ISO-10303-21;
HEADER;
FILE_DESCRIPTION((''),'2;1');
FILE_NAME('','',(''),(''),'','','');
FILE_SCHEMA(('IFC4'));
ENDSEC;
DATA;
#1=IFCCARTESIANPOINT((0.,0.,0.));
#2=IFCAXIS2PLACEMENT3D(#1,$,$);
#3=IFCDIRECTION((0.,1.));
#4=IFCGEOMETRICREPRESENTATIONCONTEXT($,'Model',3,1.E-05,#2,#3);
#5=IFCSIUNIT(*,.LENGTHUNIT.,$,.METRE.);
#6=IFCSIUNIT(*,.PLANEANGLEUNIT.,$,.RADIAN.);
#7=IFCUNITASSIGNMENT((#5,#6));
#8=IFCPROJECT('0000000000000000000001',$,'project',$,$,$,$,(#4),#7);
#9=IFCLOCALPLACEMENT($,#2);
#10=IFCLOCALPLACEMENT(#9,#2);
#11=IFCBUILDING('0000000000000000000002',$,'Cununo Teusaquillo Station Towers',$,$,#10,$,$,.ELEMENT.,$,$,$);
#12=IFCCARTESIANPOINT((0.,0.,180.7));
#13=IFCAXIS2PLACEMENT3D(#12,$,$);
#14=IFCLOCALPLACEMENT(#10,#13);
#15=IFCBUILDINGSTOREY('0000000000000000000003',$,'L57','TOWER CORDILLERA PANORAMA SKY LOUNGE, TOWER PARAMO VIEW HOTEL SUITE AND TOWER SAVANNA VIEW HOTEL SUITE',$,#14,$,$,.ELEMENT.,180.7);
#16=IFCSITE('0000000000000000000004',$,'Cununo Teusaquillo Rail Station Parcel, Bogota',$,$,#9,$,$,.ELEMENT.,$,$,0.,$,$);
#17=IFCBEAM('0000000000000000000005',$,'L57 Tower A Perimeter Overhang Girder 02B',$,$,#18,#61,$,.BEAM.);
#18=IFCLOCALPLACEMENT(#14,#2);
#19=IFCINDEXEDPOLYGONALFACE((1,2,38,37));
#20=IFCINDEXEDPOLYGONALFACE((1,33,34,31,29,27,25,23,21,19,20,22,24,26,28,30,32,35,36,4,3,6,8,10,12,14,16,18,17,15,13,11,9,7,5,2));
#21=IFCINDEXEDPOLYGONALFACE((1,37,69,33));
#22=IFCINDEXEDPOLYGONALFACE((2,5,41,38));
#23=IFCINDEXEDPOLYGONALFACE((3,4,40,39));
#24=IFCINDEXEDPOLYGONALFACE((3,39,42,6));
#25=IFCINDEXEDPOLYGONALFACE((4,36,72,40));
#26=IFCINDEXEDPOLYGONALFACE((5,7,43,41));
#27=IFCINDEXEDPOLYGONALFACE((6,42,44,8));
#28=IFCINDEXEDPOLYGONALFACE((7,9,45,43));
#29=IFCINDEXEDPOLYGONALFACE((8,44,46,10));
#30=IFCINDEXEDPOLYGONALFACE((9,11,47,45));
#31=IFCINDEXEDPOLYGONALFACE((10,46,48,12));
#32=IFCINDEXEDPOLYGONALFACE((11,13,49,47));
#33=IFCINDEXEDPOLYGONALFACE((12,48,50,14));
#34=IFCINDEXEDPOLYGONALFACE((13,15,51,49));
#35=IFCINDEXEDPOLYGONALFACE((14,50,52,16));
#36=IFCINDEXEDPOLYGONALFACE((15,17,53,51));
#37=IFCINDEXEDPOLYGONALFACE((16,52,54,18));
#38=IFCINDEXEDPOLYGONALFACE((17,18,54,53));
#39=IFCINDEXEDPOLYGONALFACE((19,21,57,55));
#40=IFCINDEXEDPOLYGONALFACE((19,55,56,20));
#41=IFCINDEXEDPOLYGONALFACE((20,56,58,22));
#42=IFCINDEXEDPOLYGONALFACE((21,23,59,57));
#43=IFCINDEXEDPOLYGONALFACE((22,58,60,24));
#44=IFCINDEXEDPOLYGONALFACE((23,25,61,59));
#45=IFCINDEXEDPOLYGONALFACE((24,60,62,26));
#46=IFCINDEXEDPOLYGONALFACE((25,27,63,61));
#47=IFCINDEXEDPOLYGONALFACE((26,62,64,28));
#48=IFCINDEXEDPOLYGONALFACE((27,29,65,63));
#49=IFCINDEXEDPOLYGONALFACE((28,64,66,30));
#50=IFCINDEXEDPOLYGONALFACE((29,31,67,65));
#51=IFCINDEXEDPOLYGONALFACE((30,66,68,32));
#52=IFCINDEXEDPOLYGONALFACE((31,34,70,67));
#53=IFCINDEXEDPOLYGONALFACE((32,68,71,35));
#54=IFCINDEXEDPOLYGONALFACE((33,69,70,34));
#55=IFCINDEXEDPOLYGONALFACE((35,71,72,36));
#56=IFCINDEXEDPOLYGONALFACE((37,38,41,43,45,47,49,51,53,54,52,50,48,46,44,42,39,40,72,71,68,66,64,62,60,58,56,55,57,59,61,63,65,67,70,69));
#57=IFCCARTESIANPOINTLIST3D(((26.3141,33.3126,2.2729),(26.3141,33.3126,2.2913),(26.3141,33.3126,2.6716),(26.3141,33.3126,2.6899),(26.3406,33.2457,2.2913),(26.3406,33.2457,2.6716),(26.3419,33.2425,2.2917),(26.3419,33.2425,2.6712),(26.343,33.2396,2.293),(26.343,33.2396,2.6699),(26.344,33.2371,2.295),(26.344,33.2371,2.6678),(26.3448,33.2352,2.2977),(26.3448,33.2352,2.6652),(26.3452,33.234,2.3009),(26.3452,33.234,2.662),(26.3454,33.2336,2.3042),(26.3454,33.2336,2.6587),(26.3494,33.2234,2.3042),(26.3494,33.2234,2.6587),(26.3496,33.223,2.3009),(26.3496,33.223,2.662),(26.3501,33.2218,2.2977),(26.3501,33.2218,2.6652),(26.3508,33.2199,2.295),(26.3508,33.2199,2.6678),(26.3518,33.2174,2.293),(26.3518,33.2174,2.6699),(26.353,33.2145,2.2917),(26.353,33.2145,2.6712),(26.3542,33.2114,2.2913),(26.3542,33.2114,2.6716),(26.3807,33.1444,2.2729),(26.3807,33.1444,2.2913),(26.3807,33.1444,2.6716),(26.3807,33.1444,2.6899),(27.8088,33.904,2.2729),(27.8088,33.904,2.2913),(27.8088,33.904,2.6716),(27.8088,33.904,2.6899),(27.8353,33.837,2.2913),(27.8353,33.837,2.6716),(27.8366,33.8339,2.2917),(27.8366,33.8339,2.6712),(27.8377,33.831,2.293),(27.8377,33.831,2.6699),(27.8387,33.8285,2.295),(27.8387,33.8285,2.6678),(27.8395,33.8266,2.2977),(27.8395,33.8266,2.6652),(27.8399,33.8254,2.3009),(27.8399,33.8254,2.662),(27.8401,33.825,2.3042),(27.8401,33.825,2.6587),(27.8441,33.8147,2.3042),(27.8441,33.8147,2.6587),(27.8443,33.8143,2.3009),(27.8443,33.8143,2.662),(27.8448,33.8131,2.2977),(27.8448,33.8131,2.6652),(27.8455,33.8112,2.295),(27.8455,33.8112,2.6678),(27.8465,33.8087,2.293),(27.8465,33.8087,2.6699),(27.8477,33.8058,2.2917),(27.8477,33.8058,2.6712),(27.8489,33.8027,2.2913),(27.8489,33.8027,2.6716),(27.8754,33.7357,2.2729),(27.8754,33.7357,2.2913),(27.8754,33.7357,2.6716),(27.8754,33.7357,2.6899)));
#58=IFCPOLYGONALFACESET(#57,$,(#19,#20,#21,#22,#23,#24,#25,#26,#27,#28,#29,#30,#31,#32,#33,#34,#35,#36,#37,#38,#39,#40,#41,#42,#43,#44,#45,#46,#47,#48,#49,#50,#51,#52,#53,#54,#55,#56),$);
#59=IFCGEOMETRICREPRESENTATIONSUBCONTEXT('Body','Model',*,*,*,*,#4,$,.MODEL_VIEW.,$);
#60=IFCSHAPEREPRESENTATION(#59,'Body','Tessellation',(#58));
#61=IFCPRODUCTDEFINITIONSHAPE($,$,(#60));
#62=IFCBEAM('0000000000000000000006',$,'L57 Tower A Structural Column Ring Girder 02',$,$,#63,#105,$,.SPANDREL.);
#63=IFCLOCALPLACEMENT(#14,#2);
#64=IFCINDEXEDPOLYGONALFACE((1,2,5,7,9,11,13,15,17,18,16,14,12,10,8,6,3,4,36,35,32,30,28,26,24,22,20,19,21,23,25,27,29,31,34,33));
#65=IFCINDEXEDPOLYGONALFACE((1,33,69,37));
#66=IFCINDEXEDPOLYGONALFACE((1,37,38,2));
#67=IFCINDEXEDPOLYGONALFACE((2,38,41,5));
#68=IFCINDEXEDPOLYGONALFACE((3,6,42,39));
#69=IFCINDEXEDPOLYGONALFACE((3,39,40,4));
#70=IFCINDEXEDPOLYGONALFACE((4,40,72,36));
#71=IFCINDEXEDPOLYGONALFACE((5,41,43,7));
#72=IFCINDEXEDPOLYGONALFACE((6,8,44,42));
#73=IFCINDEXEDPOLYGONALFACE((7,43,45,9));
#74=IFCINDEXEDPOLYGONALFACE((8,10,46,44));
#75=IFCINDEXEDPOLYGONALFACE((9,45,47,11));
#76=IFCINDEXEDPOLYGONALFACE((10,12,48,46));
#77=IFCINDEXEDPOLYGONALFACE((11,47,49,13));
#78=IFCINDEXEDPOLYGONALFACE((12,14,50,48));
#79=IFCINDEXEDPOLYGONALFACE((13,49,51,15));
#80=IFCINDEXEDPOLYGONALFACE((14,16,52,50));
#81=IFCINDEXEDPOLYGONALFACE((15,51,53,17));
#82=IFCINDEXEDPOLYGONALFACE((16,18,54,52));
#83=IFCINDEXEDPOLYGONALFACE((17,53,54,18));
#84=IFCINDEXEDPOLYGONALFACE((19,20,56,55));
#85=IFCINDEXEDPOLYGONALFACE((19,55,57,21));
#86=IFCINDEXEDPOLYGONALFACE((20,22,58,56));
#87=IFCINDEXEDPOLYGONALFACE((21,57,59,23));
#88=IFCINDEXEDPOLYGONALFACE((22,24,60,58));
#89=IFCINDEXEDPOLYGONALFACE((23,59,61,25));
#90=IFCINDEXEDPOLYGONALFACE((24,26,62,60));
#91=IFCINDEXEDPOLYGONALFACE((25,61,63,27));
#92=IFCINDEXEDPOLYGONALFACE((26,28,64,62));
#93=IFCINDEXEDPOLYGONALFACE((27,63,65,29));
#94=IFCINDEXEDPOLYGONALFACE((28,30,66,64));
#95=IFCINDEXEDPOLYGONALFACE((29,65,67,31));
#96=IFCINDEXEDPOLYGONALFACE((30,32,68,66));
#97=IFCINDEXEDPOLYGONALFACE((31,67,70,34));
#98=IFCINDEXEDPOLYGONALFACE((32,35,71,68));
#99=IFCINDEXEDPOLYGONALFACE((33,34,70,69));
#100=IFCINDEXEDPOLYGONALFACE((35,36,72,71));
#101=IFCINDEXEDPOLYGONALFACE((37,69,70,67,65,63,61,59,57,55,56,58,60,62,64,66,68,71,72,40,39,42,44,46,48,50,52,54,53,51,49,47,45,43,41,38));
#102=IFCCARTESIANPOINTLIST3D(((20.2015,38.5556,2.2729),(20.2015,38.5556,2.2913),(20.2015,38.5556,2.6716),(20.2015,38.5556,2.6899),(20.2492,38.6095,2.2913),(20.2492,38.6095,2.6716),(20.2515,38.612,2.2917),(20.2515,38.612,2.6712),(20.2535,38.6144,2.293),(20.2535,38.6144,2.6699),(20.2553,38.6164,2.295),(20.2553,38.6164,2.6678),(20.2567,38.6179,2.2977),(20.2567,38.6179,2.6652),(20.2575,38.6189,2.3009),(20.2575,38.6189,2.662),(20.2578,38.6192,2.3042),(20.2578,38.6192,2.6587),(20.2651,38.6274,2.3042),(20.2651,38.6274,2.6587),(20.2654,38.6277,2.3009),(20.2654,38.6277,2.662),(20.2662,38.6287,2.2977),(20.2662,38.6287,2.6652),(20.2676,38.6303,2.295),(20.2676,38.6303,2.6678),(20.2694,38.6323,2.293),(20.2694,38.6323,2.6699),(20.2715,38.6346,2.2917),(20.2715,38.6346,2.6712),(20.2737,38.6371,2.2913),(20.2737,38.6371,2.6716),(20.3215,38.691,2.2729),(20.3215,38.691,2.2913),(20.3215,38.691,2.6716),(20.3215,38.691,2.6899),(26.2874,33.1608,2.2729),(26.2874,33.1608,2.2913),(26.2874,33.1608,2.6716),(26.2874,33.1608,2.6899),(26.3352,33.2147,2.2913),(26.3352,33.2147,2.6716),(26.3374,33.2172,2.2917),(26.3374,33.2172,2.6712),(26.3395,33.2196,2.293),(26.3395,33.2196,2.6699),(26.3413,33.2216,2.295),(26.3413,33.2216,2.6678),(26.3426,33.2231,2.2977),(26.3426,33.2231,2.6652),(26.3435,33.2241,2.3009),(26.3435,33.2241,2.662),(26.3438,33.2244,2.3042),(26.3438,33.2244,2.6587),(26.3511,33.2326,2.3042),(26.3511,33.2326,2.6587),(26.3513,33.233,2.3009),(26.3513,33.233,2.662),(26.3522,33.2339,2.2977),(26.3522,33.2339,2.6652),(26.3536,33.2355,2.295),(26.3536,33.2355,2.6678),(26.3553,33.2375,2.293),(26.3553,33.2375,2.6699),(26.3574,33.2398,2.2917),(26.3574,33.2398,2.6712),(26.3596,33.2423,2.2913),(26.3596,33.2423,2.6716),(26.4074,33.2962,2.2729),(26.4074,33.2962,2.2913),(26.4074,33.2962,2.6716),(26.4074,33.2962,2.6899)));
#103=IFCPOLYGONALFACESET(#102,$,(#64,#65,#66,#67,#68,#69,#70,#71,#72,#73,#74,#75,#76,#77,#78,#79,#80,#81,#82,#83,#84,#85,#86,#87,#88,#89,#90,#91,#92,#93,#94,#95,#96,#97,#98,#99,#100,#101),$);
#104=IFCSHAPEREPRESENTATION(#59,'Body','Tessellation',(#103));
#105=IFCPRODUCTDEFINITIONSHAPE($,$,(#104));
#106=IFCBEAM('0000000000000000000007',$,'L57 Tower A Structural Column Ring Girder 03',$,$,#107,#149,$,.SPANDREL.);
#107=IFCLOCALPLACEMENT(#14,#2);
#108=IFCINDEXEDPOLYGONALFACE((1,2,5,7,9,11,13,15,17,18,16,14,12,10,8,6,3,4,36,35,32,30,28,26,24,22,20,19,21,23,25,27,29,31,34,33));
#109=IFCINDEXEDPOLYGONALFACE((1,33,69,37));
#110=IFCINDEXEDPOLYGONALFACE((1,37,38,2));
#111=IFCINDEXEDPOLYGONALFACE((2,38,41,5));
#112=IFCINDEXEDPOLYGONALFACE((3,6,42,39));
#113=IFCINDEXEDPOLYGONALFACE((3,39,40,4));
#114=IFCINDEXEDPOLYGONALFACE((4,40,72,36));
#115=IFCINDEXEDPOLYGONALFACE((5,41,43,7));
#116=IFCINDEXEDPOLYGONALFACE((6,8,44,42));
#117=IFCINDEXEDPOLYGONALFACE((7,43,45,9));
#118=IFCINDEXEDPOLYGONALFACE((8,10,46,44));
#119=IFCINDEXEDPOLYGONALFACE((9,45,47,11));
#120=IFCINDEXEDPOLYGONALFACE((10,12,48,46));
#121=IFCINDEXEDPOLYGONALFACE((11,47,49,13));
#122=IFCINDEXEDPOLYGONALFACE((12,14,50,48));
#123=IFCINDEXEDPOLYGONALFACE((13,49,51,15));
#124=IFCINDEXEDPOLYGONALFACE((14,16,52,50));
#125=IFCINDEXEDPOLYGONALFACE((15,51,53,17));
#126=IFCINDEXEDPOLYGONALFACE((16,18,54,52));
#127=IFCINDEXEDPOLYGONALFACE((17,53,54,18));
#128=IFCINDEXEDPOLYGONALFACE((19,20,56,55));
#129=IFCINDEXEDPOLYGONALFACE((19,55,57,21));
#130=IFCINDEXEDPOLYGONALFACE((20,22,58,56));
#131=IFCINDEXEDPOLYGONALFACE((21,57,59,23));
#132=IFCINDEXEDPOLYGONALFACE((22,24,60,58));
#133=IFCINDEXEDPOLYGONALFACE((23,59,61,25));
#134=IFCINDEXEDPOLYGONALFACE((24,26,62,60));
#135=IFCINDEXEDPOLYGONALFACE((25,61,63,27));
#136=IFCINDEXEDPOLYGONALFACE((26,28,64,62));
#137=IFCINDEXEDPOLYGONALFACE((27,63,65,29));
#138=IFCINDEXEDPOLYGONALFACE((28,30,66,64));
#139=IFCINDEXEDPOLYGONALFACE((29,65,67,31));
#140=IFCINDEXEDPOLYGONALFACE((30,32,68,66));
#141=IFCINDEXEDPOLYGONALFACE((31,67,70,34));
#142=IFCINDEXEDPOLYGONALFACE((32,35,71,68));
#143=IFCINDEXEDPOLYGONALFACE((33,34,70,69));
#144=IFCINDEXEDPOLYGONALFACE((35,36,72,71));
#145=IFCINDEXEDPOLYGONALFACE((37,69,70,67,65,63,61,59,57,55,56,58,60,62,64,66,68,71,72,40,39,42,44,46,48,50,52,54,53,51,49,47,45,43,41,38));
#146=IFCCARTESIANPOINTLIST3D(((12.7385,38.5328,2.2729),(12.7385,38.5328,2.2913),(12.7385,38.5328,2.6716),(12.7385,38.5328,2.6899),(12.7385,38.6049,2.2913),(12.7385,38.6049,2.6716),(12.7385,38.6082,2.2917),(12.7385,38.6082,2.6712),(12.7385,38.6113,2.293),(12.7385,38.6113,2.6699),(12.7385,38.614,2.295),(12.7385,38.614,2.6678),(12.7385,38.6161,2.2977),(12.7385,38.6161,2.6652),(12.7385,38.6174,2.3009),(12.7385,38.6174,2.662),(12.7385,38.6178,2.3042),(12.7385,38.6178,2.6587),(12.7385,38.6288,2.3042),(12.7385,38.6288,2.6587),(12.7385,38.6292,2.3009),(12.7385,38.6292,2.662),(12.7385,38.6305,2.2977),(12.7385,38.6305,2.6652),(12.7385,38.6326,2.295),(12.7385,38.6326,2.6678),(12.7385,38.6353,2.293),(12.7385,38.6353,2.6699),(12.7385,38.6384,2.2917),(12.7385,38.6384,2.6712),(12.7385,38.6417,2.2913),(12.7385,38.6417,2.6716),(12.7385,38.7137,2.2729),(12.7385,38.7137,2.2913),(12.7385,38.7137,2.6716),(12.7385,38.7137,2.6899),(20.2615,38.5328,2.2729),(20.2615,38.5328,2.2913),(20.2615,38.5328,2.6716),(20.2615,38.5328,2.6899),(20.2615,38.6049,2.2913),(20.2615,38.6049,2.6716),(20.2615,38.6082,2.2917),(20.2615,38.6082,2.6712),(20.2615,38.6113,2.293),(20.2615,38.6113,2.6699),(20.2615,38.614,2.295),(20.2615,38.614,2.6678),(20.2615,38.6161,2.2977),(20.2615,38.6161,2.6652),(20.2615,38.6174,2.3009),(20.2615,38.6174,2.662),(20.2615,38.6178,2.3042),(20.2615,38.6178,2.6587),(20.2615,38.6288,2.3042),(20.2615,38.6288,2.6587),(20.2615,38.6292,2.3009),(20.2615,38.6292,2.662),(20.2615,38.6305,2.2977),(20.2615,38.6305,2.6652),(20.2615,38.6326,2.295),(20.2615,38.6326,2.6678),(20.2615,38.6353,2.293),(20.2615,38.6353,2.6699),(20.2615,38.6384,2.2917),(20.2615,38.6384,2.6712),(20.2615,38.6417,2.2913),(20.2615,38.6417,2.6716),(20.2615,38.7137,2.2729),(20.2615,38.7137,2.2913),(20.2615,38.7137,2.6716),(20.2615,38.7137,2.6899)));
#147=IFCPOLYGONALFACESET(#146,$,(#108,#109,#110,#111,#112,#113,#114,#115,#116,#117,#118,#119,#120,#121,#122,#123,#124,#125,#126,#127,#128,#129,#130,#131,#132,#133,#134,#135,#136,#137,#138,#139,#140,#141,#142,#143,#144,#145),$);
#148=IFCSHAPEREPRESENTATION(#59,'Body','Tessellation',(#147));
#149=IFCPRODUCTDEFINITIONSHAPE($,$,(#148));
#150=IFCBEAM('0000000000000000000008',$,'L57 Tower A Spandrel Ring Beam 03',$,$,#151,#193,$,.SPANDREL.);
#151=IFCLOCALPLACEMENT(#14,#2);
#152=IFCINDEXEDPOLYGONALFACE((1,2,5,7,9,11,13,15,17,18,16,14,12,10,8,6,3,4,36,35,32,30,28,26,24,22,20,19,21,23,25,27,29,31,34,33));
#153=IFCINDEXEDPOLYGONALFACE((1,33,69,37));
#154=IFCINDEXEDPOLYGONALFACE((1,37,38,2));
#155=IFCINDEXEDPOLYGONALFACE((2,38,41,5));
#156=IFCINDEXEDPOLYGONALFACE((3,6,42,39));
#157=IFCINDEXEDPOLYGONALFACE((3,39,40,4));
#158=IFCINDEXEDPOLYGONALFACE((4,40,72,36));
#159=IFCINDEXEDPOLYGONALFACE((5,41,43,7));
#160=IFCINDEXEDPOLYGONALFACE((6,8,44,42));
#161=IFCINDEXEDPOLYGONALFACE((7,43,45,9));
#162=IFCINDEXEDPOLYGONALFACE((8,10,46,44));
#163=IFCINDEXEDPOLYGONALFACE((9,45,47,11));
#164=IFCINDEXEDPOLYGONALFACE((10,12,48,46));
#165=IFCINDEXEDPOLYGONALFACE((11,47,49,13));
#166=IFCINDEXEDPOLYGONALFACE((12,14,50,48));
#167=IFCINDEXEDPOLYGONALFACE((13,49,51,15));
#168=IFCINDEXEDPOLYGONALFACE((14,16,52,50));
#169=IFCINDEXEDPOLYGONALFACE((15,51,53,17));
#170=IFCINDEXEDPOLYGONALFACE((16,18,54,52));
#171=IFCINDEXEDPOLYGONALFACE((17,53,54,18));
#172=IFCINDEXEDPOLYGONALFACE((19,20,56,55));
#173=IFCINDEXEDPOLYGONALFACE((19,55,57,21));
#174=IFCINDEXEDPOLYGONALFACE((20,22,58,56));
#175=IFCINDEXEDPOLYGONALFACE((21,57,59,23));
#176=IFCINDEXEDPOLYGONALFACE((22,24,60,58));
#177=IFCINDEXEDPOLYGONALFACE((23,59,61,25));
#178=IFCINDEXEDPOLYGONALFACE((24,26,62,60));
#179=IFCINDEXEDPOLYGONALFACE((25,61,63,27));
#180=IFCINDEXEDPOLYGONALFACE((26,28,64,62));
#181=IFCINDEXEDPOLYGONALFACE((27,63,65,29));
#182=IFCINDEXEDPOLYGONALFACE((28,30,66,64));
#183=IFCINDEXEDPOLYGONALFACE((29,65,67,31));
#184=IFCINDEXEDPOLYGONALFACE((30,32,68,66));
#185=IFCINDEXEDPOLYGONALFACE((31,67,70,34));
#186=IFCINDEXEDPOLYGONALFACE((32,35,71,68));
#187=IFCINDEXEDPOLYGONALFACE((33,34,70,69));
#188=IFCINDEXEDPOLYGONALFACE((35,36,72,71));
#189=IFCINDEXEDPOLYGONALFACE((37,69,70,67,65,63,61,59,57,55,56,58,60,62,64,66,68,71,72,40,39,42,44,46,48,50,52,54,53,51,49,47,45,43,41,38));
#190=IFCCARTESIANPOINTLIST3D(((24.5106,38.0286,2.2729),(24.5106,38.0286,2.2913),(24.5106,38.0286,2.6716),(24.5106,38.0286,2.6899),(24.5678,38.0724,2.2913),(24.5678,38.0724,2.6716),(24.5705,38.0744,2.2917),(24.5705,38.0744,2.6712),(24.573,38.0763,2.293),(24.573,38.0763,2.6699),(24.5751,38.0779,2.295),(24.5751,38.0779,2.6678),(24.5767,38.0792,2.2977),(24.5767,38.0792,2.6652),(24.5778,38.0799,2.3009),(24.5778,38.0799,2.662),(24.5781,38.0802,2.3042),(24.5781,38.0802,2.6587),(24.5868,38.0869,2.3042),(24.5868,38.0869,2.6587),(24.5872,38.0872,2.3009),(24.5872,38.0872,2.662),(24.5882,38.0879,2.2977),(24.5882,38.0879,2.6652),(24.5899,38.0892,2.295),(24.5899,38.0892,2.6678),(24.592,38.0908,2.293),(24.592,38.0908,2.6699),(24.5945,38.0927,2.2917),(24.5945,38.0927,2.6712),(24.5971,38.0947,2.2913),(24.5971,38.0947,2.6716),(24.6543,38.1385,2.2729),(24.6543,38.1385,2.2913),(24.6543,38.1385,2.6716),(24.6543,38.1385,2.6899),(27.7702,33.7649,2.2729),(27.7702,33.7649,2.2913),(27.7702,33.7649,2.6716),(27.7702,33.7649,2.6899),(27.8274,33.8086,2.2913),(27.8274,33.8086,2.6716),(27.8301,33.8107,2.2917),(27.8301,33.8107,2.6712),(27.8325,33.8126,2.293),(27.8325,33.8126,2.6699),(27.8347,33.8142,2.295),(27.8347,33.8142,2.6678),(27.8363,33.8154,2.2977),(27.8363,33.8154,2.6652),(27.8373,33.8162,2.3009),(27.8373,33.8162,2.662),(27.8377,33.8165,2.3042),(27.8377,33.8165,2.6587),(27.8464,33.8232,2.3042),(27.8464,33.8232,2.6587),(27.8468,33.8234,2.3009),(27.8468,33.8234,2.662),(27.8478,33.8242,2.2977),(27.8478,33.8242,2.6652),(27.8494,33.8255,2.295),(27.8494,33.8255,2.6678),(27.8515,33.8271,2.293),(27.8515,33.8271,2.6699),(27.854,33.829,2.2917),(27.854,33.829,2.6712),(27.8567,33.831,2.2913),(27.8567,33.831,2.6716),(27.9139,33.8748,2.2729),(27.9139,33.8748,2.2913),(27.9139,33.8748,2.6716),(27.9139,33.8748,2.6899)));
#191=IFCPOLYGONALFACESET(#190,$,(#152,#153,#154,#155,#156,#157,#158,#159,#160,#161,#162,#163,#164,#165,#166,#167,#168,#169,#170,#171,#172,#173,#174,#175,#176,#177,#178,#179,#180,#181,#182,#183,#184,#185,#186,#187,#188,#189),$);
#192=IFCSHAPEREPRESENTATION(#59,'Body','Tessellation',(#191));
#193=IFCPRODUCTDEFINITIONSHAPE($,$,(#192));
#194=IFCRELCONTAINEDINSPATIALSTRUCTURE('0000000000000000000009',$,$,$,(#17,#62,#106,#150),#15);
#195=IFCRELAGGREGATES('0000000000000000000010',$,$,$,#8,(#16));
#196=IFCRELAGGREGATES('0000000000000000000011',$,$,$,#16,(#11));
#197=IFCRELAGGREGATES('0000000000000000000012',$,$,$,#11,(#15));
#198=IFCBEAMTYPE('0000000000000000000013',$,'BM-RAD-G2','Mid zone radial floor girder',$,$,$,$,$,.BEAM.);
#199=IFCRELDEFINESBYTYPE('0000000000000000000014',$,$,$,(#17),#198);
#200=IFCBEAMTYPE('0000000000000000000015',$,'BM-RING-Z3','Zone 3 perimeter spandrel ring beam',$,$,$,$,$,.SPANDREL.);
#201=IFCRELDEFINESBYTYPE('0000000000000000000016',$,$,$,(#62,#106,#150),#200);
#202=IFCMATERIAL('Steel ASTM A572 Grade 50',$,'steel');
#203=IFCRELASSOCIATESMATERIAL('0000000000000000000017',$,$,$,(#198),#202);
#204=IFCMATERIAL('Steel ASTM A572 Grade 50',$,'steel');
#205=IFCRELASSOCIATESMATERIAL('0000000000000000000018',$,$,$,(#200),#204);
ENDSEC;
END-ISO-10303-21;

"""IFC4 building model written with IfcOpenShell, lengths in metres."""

from ifc_helpers import new_model, si_unit, direction, frame, origin, origin_2d, place, context, subcontext, project, spatial, i_section, extrude, material, material_profile, profile_set, type_object, element, save


model = new_model("IFC4")

# Units and contexts
model_context = context("Model", 3, precision=1e-05, world=origin(), true_north=direction((0.0, 1.0)))
body_context = subcontext(model_context, "Body", "Model", "MODEL_VIEW")
ifc_project = project(units=[si_unit("LENGTHUNIT", "METRE"), si_unit("PLANEANGLEUNIT", "RADIAN")], contexts=[model_context])

# Site, building, storey
site_placement = place(None, origin())
site = spatial("IfcSite", under=ifc_project, at=site_placement, Name="Cununo Teusaquillo Rail Station Parcel, Bogota", CompositionType="ELEMENT", RefElevation=0.0)
building_placement = place(site_placement, origin())
building = spatial("IfcBuilding", under=site, at=building_placement, Name="Cununo Teusaquillo Station Towers", CompositionType="ELEMENT")
storey_placement = place(building_placement, frame((0.0, 0.0, 180.7)))
storey = spatial("IfcBuildingStorey", under=building, at=storey_placement, Name="L57", Description="TOWER CORDILLERA PANORAMA SKY LOUNGE, TOWER PARAMO VIEW HOTEL SUITE AND TOWER SAVANNA VIEW HOTEL SUITE", CompositionType="ELEMENT", Elevation=180.7)

# Beams
ifc_material_1 = material(Name="Steel ASTM A572 Grade 50", Category="steel")
ifc_material_profile_1 = material_profile(ifc_material_1, i_section(OverallWidth=0.1809, OverallDepth=0.417, WebThickness=0.011, FlangeThickness=0.0183, FilletRadius=0.0129, at=origin_2d()), Name="W16X57")
ifc_profile_set_1 = profile_set([ifc_material_profile_1], Name="Steel ASTM A572 Grade 50")
beam_type_1 = type_object("IfcBeamType", Name="BM-RAD-G2", Description="Mid zone radial floor girder", PredefinedType="BEAM", material=ifc_profile_set_1)
beam_1_placement = place(storey_placement, frame((26.3474, 33.2285, 2.4814), z_axis=(0.929874, 0.367879, 0.0), x_axis=(-0.367879, 0.929874, 0.0)))
element("IfcBeam", 1, at=beam_1_placement, inside=storey, type_object=beam_type_1, Name="L57 Tower A Perimeter Overhang Girder 02B", PredefinedType="BEAM", context=body_context, shape_type="SweptSolid", body=[
    extrude(i_section(OverallWidth=0.1809, OverallDepth=0.417, WebThickness=0.011, FlangeThickness=0.0183, FilletRadius=0.0129, at=origin_2d()), origin(), (0.0, 0.0, 1.0), 1.6074),
])
ifc_material_2 = material(Name="Steel ASTM A572 Grade 50", Category="steel")
ifc_material_profile_2 = material_profile(ifc_material_2, i_section(OverallWidth=0.1809, OverallDepth=0.417, WebThickness=0.011, FlangeThickness=0.0183, FilletRadius=0.0129, at=origin_2d()), Name="W16X57")
ifc_profile_set_2 = profile_set([ifc_material_profile_2], Name="Steel ASTM A572 Grade 50")
beam_type_2 = type_object("IfcBeamType", Name="BM-RING-Z3", Description="Zone 3 perimeter spandrel ring beam", PredefinedType="SPANDREL", material=ifc_profile_set_2)
beam_2_placement = place(storey_placement, frame((26.3474, 33.2285, 2.4814), z_axis=(-0.748321, 0.663337, 0.0), x_axis=(-0.663337, -0.748321, 0.0)))
element("IfcBeam", 2, at=beam_2_placement, inside=storey, type_object=beam_type_2, Name="L57 Tower A Structural Column Ring Girder 02", PredefinedType="SPANDREL", context=body_context, shape_type="SweptSolid", body=[
    extrude(i_section(OverallWidth=0.1809, OverallDepth=0.417, WebThickness=0.011, FlangeThickness=0.0183, FilletRadius=0.0129, at=origin_2d()), origin(), (0.0, 0.0, 1.0), 8.1328),
])
beam_3_placement = place(storey_placement, frame((20.2615, 38.6233, 2.4814), z_axis=(-1.0, 0.0, 0.0), x_axis=(0.0, -1.0, 0.0)))
element("IfcBeam", 3, at=beam_3_placement, inside=storey, type_object=beam_type_2, Name="L57 Tower A Structural Column Ring Girder 03", PredefinedType="SPANDREL", context=body_context, shape_type="SweptSolid", body=[
    extrude(i_section(OverallWidth=0.1809, OverallDepth=0.417, WebThickness=0.011, FlangeThickness=0.0183, FilletRadius=0.0129, at=origin_2d()), origin(), (0.0, 0.0, 1.0), 7.5229),
])
beam_4_placement = place(storey_placement, frame((27.842, 33.8198, 2.4814), z_axis=(-0.60734, 0.794442, 0.0), x_axis=(-0.794442, -0.60734, 0.0)))
element("IfcBeam", 4, at=beam_4_placement, inside=storey, type_object=beam_type_2, Name="L57 Tower A Spandrel Ring Beam 03", PredefinedType="SPANDREL", context=body_context, shape_type="SweptSolid", body=[
    extrude(i_section(OverallWidth=0.1809, OverallDepth=0.417, WebThickness=0.011, FlangeThickness=0.0183, FilletRadius=0.0129, at=origin_2d()), origin(), (0.0, 0.0, 1.0), 5.3669),
])

save(model, "model.ifc")
